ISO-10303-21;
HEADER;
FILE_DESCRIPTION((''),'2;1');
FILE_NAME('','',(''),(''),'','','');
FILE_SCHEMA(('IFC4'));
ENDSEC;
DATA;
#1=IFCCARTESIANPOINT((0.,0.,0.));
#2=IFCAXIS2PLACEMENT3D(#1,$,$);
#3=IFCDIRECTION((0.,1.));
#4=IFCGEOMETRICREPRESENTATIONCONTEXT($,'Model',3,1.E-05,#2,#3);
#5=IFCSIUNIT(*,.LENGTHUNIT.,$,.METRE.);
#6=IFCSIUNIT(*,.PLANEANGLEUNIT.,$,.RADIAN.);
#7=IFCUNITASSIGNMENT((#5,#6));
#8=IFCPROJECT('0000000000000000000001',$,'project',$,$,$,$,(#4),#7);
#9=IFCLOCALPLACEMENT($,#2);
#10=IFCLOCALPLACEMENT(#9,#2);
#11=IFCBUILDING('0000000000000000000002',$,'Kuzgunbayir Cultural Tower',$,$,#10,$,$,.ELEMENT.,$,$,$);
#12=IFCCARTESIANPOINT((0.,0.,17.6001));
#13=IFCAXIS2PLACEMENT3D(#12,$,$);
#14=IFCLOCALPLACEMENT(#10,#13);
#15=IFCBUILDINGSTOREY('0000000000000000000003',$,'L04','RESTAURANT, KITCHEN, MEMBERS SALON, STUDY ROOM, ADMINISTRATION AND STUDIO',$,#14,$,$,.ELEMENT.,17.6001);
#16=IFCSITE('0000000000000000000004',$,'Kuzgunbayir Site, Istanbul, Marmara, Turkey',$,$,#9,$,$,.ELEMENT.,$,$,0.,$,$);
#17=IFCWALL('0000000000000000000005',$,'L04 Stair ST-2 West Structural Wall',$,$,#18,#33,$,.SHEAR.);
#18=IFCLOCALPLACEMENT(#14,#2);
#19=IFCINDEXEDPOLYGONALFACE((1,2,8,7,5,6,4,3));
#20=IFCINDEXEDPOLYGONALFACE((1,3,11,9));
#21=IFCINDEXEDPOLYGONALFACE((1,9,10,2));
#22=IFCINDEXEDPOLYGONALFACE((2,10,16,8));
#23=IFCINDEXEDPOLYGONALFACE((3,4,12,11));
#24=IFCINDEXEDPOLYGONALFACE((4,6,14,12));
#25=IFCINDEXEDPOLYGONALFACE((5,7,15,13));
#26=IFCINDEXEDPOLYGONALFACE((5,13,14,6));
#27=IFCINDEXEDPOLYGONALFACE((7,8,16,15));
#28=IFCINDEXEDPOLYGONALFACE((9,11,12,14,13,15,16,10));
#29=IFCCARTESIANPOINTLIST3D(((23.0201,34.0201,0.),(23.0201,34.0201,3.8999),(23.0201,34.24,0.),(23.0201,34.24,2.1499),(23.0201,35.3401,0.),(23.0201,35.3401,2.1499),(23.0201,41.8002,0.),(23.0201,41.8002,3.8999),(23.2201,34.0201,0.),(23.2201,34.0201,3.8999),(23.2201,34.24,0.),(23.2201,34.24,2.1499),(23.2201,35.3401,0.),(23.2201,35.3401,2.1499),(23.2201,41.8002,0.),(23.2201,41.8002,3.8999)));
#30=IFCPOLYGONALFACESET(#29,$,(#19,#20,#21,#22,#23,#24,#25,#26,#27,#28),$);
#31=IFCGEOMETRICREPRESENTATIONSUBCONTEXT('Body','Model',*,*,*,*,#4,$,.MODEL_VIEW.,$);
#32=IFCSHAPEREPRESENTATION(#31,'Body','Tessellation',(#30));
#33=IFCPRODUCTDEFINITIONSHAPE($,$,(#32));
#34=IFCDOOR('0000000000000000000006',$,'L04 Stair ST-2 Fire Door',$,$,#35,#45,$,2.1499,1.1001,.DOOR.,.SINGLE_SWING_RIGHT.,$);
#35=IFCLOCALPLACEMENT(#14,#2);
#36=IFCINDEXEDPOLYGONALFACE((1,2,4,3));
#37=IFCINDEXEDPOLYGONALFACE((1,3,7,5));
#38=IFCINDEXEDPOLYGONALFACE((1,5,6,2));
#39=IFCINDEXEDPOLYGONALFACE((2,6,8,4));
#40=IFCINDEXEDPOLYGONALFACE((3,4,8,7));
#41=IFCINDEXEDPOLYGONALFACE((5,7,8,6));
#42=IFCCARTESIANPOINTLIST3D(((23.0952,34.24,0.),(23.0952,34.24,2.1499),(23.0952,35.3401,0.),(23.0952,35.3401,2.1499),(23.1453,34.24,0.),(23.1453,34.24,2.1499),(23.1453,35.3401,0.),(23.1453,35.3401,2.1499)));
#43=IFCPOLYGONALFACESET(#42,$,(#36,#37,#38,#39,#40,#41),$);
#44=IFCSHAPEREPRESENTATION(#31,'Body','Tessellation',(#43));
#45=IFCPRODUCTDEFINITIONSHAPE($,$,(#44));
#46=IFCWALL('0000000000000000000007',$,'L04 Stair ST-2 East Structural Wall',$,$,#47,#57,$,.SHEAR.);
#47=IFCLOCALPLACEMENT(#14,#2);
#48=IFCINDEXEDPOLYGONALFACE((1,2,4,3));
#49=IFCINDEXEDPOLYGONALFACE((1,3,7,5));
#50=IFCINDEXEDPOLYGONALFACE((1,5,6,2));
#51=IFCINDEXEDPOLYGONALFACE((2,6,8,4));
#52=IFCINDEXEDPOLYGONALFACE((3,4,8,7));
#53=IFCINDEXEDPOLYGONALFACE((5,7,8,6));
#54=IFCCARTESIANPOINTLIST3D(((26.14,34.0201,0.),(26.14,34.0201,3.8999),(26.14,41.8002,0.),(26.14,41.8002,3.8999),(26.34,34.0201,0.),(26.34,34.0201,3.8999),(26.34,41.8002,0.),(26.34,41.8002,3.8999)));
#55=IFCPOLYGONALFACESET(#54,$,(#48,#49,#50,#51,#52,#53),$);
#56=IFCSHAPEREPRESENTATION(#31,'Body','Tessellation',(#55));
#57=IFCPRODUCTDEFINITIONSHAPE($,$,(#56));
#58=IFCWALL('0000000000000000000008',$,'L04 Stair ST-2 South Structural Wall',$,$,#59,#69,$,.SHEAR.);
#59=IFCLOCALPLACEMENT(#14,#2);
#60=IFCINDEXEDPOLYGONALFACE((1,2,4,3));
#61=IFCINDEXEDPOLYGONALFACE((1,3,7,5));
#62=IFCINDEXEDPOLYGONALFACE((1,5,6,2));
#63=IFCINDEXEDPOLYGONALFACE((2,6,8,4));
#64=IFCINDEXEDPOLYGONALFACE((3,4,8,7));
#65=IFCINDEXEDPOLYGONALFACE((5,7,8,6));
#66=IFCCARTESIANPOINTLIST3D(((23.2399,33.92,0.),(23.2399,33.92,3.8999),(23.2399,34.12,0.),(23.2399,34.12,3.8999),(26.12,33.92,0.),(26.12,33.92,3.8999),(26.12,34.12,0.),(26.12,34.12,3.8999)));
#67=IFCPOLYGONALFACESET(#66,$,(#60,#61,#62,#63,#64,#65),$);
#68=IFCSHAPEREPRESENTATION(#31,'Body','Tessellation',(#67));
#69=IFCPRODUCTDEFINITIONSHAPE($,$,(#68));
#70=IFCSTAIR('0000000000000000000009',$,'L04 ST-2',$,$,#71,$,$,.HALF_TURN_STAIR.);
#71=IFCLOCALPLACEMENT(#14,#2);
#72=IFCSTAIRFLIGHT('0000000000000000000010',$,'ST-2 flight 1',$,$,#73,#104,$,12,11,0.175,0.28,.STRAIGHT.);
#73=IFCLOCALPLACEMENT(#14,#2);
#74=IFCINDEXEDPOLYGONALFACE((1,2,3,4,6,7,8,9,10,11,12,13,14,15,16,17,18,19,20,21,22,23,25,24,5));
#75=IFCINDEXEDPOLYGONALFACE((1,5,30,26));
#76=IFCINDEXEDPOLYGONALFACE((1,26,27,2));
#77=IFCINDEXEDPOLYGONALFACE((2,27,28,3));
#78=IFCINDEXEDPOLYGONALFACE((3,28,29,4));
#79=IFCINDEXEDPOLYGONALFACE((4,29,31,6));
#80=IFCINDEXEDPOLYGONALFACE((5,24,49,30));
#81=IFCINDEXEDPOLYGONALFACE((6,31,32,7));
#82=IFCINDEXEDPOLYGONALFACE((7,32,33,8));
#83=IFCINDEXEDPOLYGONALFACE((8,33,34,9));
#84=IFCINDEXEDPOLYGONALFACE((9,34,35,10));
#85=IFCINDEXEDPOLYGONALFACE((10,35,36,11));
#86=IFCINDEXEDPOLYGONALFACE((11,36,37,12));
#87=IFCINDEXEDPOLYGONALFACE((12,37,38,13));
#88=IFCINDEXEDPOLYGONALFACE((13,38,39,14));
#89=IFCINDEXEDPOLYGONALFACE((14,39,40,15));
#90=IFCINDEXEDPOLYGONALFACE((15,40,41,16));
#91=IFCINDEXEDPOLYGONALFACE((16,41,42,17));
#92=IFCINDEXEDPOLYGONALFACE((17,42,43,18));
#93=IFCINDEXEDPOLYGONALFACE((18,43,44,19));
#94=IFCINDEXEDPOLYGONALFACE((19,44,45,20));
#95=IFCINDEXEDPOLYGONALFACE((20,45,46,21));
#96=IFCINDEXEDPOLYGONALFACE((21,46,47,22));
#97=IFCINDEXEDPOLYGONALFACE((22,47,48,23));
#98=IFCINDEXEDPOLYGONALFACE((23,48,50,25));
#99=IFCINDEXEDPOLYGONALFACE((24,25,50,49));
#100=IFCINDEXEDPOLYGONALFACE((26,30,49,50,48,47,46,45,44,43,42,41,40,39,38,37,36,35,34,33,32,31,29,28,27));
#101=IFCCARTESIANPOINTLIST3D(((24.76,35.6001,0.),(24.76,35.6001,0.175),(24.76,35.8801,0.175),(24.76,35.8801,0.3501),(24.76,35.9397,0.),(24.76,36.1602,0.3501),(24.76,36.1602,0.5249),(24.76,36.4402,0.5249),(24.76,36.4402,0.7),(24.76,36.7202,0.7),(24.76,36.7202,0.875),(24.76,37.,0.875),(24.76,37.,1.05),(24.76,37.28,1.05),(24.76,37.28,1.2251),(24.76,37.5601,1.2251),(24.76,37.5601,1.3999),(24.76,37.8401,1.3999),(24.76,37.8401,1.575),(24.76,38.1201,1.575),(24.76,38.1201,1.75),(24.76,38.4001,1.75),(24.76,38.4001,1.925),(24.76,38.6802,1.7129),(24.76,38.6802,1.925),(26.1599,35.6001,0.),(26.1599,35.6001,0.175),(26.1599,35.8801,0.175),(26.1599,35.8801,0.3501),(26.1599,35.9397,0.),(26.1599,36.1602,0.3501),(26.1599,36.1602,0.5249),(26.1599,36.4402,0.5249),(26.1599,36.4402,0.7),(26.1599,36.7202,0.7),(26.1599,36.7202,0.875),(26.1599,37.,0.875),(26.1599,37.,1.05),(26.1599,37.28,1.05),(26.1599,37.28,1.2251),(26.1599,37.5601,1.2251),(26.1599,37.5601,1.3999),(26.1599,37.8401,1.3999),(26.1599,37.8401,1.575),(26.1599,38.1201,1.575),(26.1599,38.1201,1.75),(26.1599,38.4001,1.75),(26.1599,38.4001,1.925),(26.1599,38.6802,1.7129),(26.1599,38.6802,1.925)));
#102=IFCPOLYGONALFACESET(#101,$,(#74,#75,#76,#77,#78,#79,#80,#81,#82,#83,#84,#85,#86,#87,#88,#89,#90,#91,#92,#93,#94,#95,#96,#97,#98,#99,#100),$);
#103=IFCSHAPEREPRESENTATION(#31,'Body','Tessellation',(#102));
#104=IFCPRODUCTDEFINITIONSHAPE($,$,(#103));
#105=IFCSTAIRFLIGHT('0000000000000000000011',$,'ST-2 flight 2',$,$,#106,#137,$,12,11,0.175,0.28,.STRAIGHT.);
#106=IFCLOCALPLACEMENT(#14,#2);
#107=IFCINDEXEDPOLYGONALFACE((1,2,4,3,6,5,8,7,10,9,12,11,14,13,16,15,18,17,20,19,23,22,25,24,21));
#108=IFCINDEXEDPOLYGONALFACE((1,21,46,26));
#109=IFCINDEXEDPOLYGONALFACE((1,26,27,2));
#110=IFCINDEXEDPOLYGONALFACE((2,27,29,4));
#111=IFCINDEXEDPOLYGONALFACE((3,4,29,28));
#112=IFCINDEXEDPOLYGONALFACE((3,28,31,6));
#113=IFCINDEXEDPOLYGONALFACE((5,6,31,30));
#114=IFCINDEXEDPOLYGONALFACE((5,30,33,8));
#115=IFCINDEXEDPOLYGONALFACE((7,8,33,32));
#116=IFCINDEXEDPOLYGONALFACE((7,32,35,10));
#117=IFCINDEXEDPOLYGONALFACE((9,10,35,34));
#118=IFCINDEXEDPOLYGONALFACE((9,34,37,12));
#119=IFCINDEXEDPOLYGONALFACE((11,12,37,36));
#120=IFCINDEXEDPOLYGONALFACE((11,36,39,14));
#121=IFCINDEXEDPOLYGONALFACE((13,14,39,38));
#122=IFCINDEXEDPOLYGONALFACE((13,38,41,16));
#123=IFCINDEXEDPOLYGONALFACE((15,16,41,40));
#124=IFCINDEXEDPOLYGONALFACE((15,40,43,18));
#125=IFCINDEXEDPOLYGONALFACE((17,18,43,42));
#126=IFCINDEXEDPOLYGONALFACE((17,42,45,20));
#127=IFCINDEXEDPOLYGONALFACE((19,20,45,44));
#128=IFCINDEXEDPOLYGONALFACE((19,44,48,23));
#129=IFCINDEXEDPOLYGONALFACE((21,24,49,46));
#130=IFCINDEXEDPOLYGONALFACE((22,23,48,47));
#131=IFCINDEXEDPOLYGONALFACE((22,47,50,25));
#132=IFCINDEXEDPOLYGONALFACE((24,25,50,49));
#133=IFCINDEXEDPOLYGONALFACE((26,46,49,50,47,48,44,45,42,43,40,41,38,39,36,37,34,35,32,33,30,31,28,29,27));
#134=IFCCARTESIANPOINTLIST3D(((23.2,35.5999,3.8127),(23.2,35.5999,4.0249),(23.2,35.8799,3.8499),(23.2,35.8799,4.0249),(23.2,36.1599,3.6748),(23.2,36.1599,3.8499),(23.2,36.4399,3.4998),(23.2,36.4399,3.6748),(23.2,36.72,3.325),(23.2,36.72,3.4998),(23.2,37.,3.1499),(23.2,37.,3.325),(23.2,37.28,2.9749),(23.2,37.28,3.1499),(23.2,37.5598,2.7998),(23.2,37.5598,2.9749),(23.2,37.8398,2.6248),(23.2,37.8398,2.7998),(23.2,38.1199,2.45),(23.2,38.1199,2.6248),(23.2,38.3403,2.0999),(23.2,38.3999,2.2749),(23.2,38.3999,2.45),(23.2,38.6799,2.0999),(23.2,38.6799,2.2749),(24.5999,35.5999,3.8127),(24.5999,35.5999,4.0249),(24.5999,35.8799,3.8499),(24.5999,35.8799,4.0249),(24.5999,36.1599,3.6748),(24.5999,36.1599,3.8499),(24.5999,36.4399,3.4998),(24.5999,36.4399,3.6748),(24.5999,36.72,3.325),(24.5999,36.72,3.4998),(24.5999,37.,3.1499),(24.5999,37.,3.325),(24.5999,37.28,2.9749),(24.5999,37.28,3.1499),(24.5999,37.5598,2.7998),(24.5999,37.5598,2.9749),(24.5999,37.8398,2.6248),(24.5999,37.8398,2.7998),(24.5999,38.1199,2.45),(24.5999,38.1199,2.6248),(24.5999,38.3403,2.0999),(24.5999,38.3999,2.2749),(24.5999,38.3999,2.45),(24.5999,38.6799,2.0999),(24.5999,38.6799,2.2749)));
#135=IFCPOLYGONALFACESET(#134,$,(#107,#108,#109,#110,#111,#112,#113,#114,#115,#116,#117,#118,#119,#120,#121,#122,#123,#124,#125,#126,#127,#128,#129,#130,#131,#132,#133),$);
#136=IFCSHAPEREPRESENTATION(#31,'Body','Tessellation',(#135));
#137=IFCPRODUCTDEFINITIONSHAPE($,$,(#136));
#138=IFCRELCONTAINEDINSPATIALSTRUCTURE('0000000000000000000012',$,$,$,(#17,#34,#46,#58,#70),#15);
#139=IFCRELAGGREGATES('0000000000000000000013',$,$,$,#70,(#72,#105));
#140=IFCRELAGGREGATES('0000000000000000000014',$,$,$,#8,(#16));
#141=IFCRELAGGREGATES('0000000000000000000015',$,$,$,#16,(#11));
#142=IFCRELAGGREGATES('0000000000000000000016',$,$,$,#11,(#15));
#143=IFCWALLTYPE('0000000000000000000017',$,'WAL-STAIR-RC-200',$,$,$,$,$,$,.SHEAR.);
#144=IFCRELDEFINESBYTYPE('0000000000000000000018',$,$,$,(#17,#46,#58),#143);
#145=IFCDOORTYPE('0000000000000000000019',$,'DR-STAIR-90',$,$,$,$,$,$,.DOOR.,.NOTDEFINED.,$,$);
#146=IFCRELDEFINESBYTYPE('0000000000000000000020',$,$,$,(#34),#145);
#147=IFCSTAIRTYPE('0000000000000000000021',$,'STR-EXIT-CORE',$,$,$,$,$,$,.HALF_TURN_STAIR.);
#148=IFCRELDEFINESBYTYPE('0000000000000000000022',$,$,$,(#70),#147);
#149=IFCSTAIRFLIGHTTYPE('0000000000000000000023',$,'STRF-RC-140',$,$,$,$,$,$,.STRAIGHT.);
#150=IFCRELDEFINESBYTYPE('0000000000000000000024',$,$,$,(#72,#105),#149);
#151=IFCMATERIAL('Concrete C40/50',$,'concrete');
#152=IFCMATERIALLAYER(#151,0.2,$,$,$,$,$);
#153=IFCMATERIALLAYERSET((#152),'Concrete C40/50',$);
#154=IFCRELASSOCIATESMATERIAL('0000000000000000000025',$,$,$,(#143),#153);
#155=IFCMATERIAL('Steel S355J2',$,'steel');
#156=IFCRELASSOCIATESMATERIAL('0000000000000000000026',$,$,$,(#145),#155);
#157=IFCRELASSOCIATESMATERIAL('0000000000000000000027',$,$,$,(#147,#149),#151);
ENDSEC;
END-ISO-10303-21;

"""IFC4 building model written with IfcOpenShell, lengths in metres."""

from ifc_helpers import new_model, si_unit, direction, frame, frame_2d, origin, place, context, subcontext, project, spatial, polyline, rectangle, outline, extrude, material, layer, layer_set, type_object, element, fill, aggregate, save


model = new_model("IFC4")

# Units and contexts
model_context = context("Model", 3, precision=1e-05, world=origin(), true_north=direction((0.0, 1.0)))
body_context = subcontext(model_context, "Body", "Model", "MODEL_VIEW")
ifc_project = project(units=[si_unit("LENGTHUNIT", "METRE"), si_unit("PLANEANGLEUNIT", "RADIAN")], contexts=[model_context])

# Site, building, storey
site_placement = place(None, origin())
site = spatial("IfcSite", under=ifc_project, at=site_placement, Name="Kuzgunbayir Site, Istanbul, Marmara, Turkey", CompositionType="ELEMENT", RefElevation=0.0)
building_placement = place(site_placement, origin())
building = spatial("IfcBuilding", under=site, at=building_placement, Name="Kuzgunbayir Cultural Tower", CompositionType="ELEMENT")
storey_placement = place(building_placement, frame((0.0, 0.0, 17.6001)))
storey = spatial("IfcBuildingStorey", under=building, at=storey_placement, Name="L04", Description="RESTAURANT, KITCHEN, MEMBERS SALON, STUDY ROOM, ADMINISTRATION AND STUDIO", CompositionType="ELEMENT", Elevation=17.6001)

# Shared definitions
ifc_material_1 = material(Name="Steel S355J2", Category="steel")

# Shared definitions
ifc_material_2 = material(Name="Concrete C40/50", Category="concrete")

# Wall, opening, door
ifc_layer_1 = layer(ifc_material_2, 0.2)
ifc_layer_set_1 = layer_set([ifc_layer_1], Name="Concrete C40/50")
wall_type_1 = type_object("IfcWallType", Name="WAL-STAIR-RC-200", PredefinedType="SHEAR", material=ifc_layer_set_1)
wall_1_placement = place(storey_placement, frame((23.1201, 34.02, 0.0), z_axis=(0.0, 0.0, 1.0), x_axis=(0.0, 1.0, 0.0)))
wall_1 = element("IfcWall", 1, at=wall_1_placement, inside=storey, type_object=wall_type_1, Name="L04 Stair ST-2 West Structural Wall", PredefinedType="SHEAR", context=body_context, shape_type="SweptSolid", body=[
    extrude(rectangle(XDim=7.78, YDim=0.2, at=frame_2d((3.8901, 0.0))), origin(), (0.0, 0.0, 1.0), 3.8999),
])
opening_1_placement = place(wall_1_placement, frame((0.22, 0.0, 0.0)))
opening_1 = element("IfcOpeningElement", 2, at=opening_1_placement, cuts=wall_1, PredefinedType="OPENING", context=body_context, shape_type="SweptSolid", body=[
    extrude(rectangle(XDim=1.1001, YDim=2.1499, at=frame_2d((0.55, 1.075))), frame((0.0, 0.1099, 0.0), z_axis=(0.0, -1.0, 0.0), x_axis=(1.0, 0.0, 0.0)), (0.0, 0.0, 1.0), 0.22),
])
door_type_1 = type_object("IfcDoorType", Name="DR-STAIR-90", OperationType="NOTDEFINED", PredefinedType="DOOR", material=ifc_material_1)
door_1_placement = place(opening_1_placement, origin())
door_1 = element("IfcDoor", 3, at=door_1_placement, inside=storey, type_object=door_type_1, Name="L04 Stair ST-2 Fire Door", OperationType="SINGLE_SWING_RIGHT", OverallHeight=2.1499, OverallWidth=1.1001, PredefinedType="DOOR", context=body_context, shape_type="SweptSolid", body=[
    extrude(rectangle(XDim=1.1001, YDim=2.1499, at=frame_2d((0.55, 1.075))), frame((0.0, 0.0249, 0.0), z_axis=(0.0, -1.0, 0.0), x_axis=(1.0, 0.0, 0.0)), (0.0, 0.0, 1.0), 0.05),
])
fill(opening_1, door_1)

# Walls
wall_2_placement = place(storey_placement, frame((26.24, 34.02, 0.0), z_axis=(0.0, 0.0, 1.0), x_axis=(0.0, 1.0, 0.0)))
element("IfcWall", 4, at=wall_2_placement, inside=storey, type_object=wall_type_1, Name="L04 Stair ST-2 East Structural Wall", PredefinedType="SHEAR", context=body_context, shape_type="SweptSolid", body=[
    extrude(rectangle(XDim=7.78, YDim=0.2, at=frame_2d((3.8901, 0.0))), origin(), (0.0, 0.0, 1.0), 3.8999),
])
wall_3_placement = place(storey_placement, frame((23.24, 34.02, 0.0), z_axis=(0.0, 0.0, 1.0), x_axis=(1.0, 0.0, 0.0)))
element("IfcWall", 5, at=wall_3_placement, inside=storey, type_object=wall_type_1, Name="L04 Stair ST-2 South Structural Wall", PredefinedType="SHEAR", context=body_context, shape_type="SweptSolid", body=[
    extrude(rectangle(XDim=2.8801, YDim=0.2, at=frame_2d((1.4399, 0.0))), origin(), (0.0, 0.0, 1.0), 3.8999),
])

# Stair, stair flights
stair_type = type_object("IfcStairType", Name="STR-EXIT-CORE", PredefinedType="HALF_TURN_STAIR", material=ifc_material_2)
stair_placement = place(storey_placement, origin())
stair = element("IfcStair", 6, at=stair_placement, inside=storey, type_object=stair_type, Name="L04 ST-2", PredefinedType="HALF_TURN_STAIR")
stair_flight_type = type_object("IfcStairFlightType", Name="STRF-RC-140", PredefinedType="STRAIGHT", material=ifc_material_2)
stair_flight_1_placement = place(storey_placement, frame((25.46, 35.6001, 0.0), z_axis=(0.0, 0.0, 1.0), x_axis=(0.0, 1.0, 0.0)))
stair_flight_1 = element("IfcStairFlight", 7, at=stair_flight_1_placement, type_object=stair_flight_type, Name="ST-2 flight 1", NumberOfRisers=12, NumberOfTreads=11, PredefinedType="STRAIGHT", RiserHeight=0.175, TreadLength=0.28, context=body_context, shape_type="SweptSolid", body=[
    extrude(outline(polyline([(0.0, 0.0), (0.0, 0.175), (0.28, 0.175), (0.28, 0.3501), (0.5601, 0.3501), (0.5601, 0.5249), (0.8401, 0.5249), (0.8401, 0.7), (1.1201, 0.7), (1.1201, 0.875), (1.3999, 0.875), (1.3999, 1.05), (1.6799, 1.05), (1.6799, 1.2251), (1.96, 1.2251), (1.96, 1.3999), (2.24, 1.3999), (2.24, 1.575), (2.52, 1.575), (2.52, 1.75), (2.8, 1.75), (2.8, 1.925), (3.0801, 1.925), (3.0801, 2.1001), (3.0801, 1.7129), (0.3396, 0.0), (0.0, 0.0)])), frame((0.0, 0.7, 0.0), z_axis=(0.0, -1.0, 0.0), x_axis=(1.0, 0.0, 0.0)), (0.0, 0.0, 1.0), 1.3999),
])
stair_flight_2_placement = place(storey_placement, frame((23.8999, 38.6799, 2.0999), z_axis=(0.0, 0.0, 1.0), x_axis=(0.0, -1.0, 0.0)))
stair_flight_2 = element("IfcStairFlight", 8, at=stair_flight_2_placement, type_object=stair_flight_type, Name="ST-2 flight 2", NumberOfRisers=12, NumberOfTreads=11, PredefinedType="STRAIGHT", RiserHeight=0.175, TreadLength=0.28, context=body_context, shape_type="SweptSolid", body=[
    extrude(outline(polyline([(0.0, 0.0), (0.0, 0.175), (0.28, 0.175), (0.28, 0.3501), (0.5601, 0.3501), (0.5601, 0.5249), (0.8401, 0.5249), (0.8401, 0.7), (1.1201, 0.7), (1.1201, 0.875), (1.3999, 0.875), (1.3999, 1.05), (1.6799, 1.05), (1.6799, 1.2251), (1.96, 1.2251), (1.96, 1.3999), (2.24, 1.3999), (2.24, 1.575), (2.52, 1.575), (2.52, 1.75), (2.8, 1.75), (2.8, 1.925), (3.0801, 1.925), (3.0801, 2.1001), (3.0801, 1.7129), (0.3396, 0.0), (0.0, 0.0)])), frame((0.0, 0.7, 0.0), z_axis=(0.0, -1.0, 0.0), x_axis=(1.0, 0.0, 0.0)), (0.0, 0.0, 1.0), 1.3999),
])
aggregate(stair, [stair_flight_1, stair_flight_2])

save(model, "model.ifc")
